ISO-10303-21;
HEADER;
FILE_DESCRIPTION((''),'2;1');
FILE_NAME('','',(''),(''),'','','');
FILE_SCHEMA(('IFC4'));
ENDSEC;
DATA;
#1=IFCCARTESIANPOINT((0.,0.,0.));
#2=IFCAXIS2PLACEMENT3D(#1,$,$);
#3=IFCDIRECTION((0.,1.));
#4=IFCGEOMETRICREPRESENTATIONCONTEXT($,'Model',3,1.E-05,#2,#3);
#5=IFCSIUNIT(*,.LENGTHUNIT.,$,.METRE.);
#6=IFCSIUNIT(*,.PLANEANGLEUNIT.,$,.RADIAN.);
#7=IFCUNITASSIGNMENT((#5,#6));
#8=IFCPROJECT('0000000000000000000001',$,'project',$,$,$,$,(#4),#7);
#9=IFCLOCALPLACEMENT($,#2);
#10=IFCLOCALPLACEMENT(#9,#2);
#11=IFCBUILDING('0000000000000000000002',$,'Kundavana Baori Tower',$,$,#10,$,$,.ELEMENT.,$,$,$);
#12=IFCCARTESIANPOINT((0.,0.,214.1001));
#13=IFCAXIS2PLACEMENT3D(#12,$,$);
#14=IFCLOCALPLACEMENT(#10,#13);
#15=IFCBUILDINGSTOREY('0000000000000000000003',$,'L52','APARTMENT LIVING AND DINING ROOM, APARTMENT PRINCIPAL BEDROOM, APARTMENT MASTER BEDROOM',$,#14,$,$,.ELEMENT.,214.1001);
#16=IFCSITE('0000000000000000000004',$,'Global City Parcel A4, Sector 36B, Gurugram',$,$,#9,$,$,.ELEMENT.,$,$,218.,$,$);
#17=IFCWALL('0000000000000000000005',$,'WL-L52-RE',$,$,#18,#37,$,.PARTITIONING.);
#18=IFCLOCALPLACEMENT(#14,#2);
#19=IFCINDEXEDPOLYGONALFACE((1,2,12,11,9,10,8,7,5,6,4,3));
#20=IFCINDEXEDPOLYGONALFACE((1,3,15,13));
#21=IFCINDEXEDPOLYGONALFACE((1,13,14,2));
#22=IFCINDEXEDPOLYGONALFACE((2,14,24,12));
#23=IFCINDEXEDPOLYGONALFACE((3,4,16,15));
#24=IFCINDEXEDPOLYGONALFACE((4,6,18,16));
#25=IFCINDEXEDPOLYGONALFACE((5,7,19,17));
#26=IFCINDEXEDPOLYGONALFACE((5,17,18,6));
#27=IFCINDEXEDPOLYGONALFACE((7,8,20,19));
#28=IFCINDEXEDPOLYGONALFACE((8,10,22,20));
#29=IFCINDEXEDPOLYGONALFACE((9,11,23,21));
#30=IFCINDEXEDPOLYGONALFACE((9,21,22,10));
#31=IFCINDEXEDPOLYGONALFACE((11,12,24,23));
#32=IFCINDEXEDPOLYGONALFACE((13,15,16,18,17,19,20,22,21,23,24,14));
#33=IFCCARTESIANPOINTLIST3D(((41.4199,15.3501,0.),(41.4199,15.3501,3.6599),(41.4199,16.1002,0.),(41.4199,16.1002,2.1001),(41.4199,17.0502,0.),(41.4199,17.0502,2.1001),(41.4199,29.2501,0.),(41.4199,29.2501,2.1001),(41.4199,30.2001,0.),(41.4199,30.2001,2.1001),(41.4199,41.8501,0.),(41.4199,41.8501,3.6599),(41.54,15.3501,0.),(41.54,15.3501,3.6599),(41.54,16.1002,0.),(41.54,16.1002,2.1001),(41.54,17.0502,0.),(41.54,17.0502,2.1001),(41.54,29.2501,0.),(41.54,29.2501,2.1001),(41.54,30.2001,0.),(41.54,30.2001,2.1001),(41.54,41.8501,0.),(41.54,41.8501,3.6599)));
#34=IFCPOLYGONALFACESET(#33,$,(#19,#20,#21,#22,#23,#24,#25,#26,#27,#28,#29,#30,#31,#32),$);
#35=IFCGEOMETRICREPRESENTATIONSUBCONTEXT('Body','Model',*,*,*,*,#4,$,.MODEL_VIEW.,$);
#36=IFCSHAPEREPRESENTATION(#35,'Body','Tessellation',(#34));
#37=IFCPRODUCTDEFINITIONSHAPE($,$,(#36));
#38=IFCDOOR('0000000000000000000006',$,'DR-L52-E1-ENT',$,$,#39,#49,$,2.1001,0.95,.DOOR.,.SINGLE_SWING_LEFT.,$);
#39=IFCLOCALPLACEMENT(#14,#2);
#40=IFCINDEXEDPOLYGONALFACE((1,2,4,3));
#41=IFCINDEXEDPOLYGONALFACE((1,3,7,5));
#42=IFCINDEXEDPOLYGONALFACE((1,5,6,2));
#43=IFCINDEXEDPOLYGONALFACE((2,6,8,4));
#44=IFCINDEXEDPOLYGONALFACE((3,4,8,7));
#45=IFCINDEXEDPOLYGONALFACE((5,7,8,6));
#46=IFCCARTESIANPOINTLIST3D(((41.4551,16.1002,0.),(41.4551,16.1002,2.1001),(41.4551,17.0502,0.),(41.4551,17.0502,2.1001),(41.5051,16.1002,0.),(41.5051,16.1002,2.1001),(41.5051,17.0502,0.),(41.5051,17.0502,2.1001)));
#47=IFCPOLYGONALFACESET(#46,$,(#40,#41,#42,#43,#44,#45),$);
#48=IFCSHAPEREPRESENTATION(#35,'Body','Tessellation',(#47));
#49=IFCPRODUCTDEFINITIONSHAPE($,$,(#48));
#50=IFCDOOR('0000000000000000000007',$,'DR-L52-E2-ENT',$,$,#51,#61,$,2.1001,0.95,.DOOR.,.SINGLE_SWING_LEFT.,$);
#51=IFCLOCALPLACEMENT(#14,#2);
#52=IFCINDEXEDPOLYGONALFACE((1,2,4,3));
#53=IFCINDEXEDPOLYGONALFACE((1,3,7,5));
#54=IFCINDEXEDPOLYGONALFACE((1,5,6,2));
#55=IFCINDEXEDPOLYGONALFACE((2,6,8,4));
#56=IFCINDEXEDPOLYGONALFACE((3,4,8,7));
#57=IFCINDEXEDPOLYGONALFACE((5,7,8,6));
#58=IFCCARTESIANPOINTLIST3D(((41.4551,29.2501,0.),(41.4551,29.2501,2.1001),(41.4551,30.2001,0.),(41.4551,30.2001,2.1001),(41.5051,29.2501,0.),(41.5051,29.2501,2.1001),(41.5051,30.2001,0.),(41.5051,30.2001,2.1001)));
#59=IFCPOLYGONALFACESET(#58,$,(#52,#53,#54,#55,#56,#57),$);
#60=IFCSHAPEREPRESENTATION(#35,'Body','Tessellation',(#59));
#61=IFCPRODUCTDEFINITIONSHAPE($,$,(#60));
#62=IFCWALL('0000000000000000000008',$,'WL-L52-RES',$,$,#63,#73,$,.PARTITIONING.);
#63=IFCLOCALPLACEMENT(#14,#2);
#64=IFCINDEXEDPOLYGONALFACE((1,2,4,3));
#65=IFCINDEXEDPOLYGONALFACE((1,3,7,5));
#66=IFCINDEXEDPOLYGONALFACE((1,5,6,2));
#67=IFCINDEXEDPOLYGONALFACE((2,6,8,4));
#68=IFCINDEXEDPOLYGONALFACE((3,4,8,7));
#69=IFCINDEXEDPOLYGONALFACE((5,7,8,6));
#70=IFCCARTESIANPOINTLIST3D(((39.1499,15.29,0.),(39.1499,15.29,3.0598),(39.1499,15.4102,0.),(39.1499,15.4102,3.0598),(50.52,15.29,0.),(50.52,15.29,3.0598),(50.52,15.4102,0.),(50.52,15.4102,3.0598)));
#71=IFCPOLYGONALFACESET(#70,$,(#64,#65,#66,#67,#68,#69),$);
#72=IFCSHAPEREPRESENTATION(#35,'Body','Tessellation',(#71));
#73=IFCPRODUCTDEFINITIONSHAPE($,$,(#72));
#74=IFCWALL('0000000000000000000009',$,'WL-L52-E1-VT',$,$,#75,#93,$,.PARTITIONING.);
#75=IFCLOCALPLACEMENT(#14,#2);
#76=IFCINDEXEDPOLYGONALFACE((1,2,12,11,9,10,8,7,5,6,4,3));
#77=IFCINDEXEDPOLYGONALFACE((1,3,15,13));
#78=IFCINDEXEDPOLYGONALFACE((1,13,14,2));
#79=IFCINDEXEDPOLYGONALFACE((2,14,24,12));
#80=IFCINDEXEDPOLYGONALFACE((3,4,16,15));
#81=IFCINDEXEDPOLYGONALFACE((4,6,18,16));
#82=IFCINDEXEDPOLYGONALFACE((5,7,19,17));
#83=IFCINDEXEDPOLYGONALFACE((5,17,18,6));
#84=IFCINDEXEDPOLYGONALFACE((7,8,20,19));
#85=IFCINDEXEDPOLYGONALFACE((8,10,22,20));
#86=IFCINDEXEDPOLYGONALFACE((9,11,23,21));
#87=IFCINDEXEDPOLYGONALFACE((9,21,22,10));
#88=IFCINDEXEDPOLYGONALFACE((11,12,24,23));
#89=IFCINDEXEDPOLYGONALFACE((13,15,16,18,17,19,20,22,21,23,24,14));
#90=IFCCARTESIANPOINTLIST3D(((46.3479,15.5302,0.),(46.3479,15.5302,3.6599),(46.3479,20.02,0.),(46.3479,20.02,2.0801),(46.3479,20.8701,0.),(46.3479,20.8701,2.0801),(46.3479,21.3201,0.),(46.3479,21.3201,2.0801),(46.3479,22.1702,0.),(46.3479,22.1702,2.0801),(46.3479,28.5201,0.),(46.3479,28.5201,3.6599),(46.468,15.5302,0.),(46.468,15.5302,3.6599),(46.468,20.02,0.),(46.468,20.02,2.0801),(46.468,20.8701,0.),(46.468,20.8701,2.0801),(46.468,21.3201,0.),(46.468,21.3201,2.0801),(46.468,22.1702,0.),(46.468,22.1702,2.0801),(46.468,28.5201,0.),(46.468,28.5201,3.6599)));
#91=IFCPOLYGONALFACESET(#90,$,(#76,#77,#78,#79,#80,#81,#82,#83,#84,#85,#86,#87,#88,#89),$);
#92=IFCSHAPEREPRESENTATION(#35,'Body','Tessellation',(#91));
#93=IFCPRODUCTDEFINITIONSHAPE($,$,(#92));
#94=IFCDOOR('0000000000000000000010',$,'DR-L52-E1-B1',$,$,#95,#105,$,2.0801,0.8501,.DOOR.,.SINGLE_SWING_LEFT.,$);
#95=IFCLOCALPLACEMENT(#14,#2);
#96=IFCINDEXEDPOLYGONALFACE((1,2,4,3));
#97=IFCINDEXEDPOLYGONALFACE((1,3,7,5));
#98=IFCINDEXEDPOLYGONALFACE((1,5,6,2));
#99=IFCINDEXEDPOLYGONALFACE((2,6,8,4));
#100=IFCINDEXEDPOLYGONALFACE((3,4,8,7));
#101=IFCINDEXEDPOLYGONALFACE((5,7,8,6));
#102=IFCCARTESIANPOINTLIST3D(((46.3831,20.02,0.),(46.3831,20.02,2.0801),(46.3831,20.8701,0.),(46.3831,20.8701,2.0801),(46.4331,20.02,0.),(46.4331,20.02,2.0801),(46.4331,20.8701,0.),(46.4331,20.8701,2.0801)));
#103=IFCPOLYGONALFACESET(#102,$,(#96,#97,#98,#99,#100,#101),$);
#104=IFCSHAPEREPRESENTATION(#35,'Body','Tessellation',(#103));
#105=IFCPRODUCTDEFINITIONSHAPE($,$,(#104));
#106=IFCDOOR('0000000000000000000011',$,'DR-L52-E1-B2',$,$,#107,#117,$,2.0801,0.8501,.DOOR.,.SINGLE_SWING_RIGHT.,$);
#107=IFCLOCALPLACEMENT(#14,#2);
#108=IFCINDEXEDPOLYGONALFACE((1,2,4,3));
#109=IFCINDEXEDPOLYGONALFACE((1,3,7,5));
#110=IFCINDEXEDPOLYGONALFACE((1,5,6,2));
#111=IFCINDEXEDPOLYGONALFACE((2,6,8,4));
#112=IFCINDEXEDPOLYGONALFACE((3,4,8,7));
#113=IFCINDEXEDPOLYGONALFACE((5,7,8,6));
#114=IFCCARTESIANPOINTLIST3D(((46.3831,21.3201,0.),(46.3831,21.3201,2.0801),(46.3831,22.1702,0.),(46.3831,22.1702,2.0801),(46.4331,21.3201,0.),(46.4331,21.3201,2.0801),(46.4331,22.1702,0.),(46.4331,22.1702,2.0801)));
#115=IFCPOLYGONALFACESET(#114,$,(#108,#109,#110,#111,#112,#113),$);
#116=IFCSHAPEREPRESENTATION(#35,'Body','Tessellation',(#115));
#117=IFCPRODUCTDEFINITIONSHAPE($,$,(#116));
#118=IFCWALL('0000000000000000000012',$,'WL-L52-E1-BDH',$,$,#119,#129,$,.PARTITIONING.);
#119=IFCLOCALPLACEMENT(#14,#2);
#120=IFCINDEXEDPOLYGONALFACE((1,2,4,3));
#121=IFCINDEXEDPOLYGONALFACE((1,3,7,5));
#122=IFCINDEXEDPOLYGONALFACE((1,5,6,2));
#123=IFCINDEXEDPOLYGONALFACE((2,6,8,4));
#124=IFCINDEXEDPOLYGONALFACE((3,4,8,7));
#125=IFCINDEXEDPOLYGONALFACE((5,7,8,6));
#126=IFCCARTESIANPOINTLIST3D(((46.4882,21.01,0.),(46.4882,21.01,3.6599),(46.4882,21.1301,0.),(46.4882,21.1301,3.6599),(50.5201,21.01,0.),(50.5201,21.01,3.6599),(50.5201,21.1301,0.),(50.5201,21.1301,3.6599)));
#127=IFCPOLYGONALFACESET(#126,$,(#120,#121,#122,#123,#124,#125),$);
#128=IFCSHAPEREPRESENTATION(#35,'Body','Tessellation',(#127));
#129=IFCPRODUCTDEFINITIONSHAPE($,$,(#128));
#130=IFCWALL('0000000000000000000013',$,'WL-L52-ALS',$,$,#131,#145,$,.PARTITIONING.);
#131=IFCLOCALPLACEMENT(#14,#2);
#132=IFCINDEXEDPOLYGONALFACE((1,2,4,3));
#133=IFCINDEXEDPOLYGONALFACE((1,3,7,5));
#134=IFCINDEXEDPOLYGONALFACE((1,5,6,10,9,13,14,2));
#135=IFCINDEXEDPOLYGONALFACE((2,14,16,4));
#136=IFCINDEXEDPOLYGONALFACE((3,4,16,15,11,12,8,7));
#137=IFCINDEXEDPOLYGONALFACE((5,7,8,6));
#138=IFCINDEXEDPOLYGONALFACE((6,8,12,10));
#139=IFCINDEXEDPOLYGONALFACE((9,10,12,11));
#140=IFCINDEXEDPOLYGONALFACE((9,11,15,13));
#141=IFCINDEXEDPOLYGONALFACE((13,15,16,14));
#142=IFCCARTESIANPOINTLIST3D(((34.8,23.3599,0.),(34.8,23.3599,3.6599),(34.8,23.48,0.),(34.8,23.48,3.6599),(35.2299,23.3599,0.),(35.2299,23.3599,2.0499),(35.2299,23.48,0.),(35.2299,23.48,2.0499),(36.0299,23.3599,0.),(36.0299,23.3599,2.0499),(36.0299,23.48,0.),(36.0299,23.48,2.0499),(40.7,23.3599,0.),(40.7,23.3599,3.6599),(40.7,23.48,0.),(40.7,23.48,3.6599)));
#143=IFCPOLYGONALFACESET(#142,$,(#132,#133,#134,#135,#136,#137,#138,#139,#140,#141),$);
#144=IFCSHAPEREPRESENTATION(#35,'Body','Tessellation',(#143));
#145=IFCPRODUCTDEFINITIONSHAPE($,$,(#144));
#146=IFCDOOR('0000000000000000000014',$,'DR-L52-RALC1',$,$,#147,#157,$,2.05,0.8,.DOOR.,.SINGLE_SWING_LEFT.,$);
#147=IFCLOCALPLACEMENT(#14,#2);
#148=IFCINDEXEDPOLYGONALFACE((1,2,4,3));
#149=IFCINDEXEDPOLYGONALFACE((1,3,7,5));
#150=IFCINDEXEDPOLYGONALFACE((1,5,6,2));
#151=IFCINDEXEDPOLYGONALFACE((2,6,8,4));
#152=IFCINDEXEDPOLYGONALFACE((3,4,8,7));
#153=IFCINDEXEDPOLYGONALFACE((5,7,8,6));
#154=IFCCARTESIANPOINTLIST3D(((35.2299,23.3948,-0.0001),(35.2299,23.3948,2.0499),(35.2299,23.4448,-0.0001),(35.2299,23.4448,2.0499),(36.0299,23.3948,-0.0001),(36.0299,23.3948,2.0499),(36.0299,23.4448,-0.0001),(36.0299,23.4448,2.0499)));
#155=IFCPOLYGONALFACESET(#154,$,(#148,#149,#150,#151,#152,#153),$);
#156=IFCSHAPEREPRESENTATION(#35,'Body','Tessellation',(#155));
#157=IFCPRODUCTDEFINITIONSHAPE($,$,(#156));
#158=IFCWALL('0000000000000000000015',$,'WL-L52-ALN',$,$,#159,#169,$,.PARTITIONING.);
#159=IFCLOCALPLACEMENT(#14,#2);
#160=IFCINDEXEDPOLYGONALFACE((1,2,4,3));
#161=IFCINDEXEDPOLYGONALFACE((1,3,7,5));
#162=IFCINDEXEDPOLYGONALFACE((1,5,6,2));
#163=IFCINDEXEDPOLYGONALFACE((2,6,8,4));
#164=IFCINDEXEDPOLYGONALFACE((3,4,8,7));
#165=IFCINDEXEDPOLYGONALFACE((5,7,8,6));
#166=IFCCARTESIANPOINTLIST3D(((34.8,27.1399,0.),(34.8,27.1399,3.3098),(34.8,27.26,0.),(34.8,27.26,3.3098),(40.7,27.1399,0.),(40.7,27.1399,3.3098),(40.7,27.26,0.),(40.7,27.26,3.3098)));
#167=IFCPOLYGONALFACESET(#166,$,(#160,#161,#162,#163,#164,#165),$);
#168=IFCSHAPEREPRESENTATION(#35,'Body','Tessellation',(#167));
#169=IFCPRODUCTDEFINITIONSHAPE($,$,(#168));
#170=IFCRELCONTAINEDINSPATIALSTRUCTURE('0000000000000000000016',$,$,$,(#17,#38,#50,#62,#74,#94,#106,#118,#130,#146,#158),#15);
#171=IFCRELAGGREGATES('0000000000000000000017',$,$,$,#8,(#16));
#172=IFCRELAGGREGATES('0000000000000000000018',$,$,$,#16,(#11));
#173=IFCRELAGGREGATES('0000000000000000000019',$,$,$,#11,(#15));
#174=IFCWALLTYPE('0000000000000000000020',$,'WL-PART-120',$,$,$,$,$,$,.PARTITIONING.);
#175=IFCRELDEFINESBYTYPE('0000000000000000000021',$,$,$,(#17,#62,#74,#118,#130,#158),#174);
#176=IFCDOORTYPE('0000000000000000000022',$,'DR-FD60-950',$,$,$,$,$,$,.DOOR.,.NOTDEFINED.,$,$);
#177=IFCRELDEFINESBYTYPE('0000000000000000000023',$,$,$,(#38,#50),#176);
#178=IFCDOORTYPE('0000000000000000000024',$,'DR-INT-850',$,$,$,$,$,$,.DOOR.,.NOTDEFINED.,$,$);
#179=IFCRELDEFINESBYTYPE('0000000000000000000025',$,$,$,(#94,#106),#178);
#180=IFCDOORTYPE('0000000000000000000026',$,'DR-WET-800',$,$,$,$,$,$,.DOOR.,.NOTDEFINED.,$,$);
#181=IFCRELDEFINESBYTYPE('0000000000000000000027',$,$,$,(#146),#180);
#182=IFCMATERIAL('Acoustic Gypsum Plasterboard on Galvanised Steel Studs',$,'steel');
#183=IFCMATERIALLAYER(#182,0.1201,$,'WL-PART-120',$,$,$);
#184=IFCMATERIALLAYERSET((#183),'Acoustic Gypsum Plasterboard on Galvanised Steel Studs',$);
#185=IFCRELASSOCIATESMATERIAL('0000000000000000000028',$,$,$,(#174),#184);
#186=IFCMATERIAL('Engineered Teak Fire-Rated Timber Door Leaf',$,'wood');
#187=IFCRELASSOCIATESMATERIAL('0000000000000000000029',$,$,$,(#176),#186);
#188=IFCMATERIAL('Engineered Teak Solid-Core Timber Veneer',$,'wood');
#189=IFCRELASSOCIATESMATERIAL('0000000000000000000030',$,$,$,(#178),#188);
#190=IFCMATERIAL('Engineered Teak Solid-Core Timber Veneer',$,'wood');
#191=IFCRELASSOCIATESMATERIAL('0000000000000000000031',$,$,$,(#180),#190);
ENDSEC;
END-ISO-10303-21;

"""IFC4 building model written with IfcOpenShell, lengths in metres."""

from ifc_helpers import new_model, si_unit, direction, frame, frame_2d, origin, place, context, subcontext, project, spatial, rectangle, extrude, material, layer, layer_set, type_object, element, fill, save


model = new_model("IFC4")

# Units and contexts
model_context = context("Model", 3, precision=1e-05, world=origin(), true_north=direction((0.0, 1.0)))
body_context = subcontext(model_context, "Body", "Model", "MODEL_VIEW")
ifc_project = project(units=[si_unit("LENGTHUNIT", "METRE"), si_unit("PLANEANGLEUNIT", "RADIAN")], contexts=[model_context])

# Site, building, storey
site_placement = place(None, origin())
site = spatial("IfcSite", under=ifc_project, at=site_placement, Name="Global City Parcel A4, Sector 36B, Gurugram", CompositionType="ELEMENT", RefElevation=218.0)
building_placement = place(site_placement, origin())
building = spatial("IfcBuilding", under=site, at=building_placement, Name="Kundavana Baori Tower", CompositionType="ELEMENT")
storey_placement = place(building_placement, frame((0.0, 0.0, 214.1001)))
storey = spatial("IfcBuildingStorey", under=building, at=storey_placement, Name="L52", Description="APARTMENT LIVING AND DINING ROOM, APARTMENT PRINCIPAL BEDROOM, APARTMENT MASTER BEDROOM", CompositionType="ELEMENT", Elevation=214.1001)

# Wall, openings, doors
ifc_material_1 = material(Name="Acoustic Gypsum Plasterboard on Galvanised Steel Studs", Category="steel")
ifc_layer_1 = layer(ifc_material_1, 0.1201, Name="WL-PART-120")
ifc_layer_set_1 = layer_set([ifc_layer_1], Name="Acoustic Gypsum Plasterboard on Galvanised Steel Studs")
wall_type_1 = type_object("IfcWallType", Name="WL-PART-120", PredefinedType="PARTITIONING", material=ifc_layer_set_1)
wall_1_placement = place(storey_placement, frame((41.48, 15.3501, 0.0), z_axis=(0.0, 0.0, 1.0), x_axis=(0.0, 1.0, 0.0)))
wall_1 = element("IfcWall", 1, at=wall_1_placement, inside=storey, type_object=wall_type_1, Name="WL-L52-RE", PredefinedType="PARTITIONING", context=body_context, shape_type="SweptSolid", body=[
    extrude(rectangle(XDim=26.5, YDim=0.1201, at=frame_2d((13.25, 0.0))), origin(), (0.0, 0.0, 1.0), 3.6599),
])
opening_1_placement = place(wall_1_placement, frame((0.75, 0.0, 0.0)))
opening_1 = element("IfcOpeningElement", 2, at=opening_1_placement, cuts=wall_1, PredefinedType="OPENING", context=body_context, shape_type="SweptSolid", body=[
    extrude(rectangle(XDim=0.95, YDim=2.1001, at=frame_2d((0.4751, 1.05))), frame((0.0, 0.0701, 0.0), z_axis=(0.0, -1.0, 0.0), x_axis=(1.0, 0.0, 0.0)), (0.0, 0.0, 1.0), 0.1401),
])
opening_2_placement = place(wall_1_placement, frame((13.8999, 0.0, 0.0)))
opening_2 = element("IfcOpeningElement", 3, at=opening_2_placement, cuts=wall_1, PredefinedType="OPENING", context=body_context, shape_type="SweptSolid", body=[
    extrude(rectangle(XDim=0.95, YDim=2.1001, at=frame_2d((0.4751, 1.05))), frame((0.0, 0.0701, 0.0), z_axis=(0.0, -1.0, 0.0), x_axis=(1.0, 0.0, 0.0)), (0.0, 0.0, 1.0), 0.1401),
])
ifc_material_2 = material(Name="Engineered Teak Fire-Rated Timber Door Leaf", Category="wood")
door_type_1 = type_object("IfcDoorType", Name="DR-FD60-950", OperationType="NOTDEFINED", PredefinedType="DOOR", material=ifc_material_2)
door_1_placement = place(opening_1_placement, origin())
door_1 = element("IfcDoor", 4, at=door_1_placement, inside=storey, type_object=door_type_1, Name="DR-L52-E1-ENT", OperationType="SINGLE_SWING_LEFT", OverallHeight=2.1001, OverallWidth=0.95, PredefinedType="DOOR", context=body_context, shape_type="SweptSolid", body=[
    extrude(rectangle(XDim=0.95, YDim=2.1001, at=frame_2d((0.4751, 1.05))), frame((0.0, 0.0249, 0.0), z_axis=(0.0, -1.0, 0.0), x_axis=(1.0, 0.0, 0.0)), (0.0, 0.0, 1.0), 0.05),
])
fill(opening_1, door_1)
door_2_placement = place(opening_2_placement, origin())
door_2 = element("IfcDoor", 5, at=door_2_placement, inside=storey, type_object=door_type_1, Name="DR-L52-E2-ENT", OperationType="SINGLE_SWING_LEFT", OverallHeight=2.1001, OverallWidth=0.95, PredefinedType="DOOR", context=body_context, shape_type="SweptSolid", body=[
    extrude(rectangle(XDim=0.95, YDim=2.1001, at=frame_2d((0.4751, 1.05))), frame((0.0, 0.0249, 0.0), z_axis=(0.0, -1.0, 0.0), x_axis=(1.0, 0.0, 0.0)), (0.0, 0.0, 1.0), 0.05),
])
fill(opening_2, door_2)

# Wall
wall_2_placement = place(storey_placement, frame((39.1499, 15.3501, 0.0), z_axis=(0.0, 0.0, 1.0), x_axis=(1.0, 0.0, 0.0)))
element("IfcWall", 6, at=wall_2_placement, inside=storey, type_object=wall_type_1, Name="WL-L52-RES", PredefinedType="PARTITIONING", context=body_context, shape_type="SweptSolid", body=[
    extrude(rectangle(XDim=11.3701, YDim=0.1201, at=frame_2d((5.6851, 0.0))), origin(), (0.0, 0.0, 1.0), 3.0598),
])

# Wall, openings, doors
wall_3_placement = place(storey_placement, frame((46.408, 15.53, 0.0), z_axis=(0.0, 0.0, 1.0), x_axis=(0.0, 1.0, 0.0)))
wall_3 = element("IfcWall", 7, at=wall_3_placement, inside=storey, type_object=wall_type_1, Name="WL-L52-E1-VT", PredefinedType="PARTITIONING", context=body_context, shape_type="SweptSolid", body=[
    extrude(rectangle(XDim=12.99, YDim=0.1201, at=frame_2d((6.4951, 0.0))), origin(), (0.0, 0.0, 1.0), 3.6599),
])
opening_3_placement = place(wall_3_placement, frame((4.49, 0.0, 0.0)))
opening_3 = element("IfcOpeningElement", 8, at=opening_3_placement, cuts=wall_3, PredefinedType="OPENING", context=body_context, shape_type="SweptSolid", body=[
    extrude(rectangle(XDim=0.8501, YDim=2.0801, at=frame_2d((0.425, 1.04))), frame((0.0, 0.0701, 0.0), z_axis=(0.0, -1.0, 0.0), x_axis=(1.0, 0.0, 0.0)), (0.0, 0.0, 1.0), 0.1401),
])
opening_4_placement = place(wall_3_placement, frame((5.79, 0.0, 0.0)))
opening_4 = element("IfcOpeningElement", 9, at=opening_4_placement, cuts=wall_3, PredefinedType="OPENING", context=body_context, shape_type="SweptSolid", body=[
    extrude(rectangle(XDim=0.8501, YDim=2.0801, at=frame_2d((0.425, 1.04))), frame((0.0, 0.0701, 0.0), z_axis=(0.0, -1.0, 0.0), x_axis=(1.0, 0.0, 0.0)), (0.0, 0.0, 1.0), 0.1401),
])
ifc_material_3 = material(Name="Engineered Teak Solid-Core Timber Veneer", Category="wood")
door_type_2 = type_object("IfcDoorType", Name="DR-INT-850", OperationType="NOTDEFINED", PredefinedType="DOOR", material=ifc_material_3)
door_3_placement = place(opening_3_placement, origin())
door_3 = element("IfcDoor", 10, at=door_3_placement, inside=storey, type_object=door_type_2, Name="DR-L52-E1-B1", OperationType="SINGLE_SWING_LEFT", OverallHeight=2.0801, OverallWidth=0.8501, PredefinedType="DOOR", context=body_context, shape_type="SweptSolid", body=[
    extrude(rectangle(XDim=0.8501, YDim=2.0801, at=frame_2d((0.425, 1.04))), frame((0.0, 0.0249, 0.0), z_axis=(0.0, -1.0, 0.0), x_axis=(1.0, 0.0, 0.0)), (0.0, 0.0, 1.0), 0.05),
])
fill(opening_3, door_3)
door_4_placement = place(opening_4_placement, origin())
door_4 = element("IfcDoor", 11, at=door_4_placement, inside=storey, type_object=door_type_2, Name="DR-L52-E1-B2", OperationType="SINGLE_SWING_RIGHT", OverallHeight=2.0801, OverallWidth=0.8501, PredefinedType="DOOR", context=body_context, shape_type="SweptSolid", body=[
    extrude(rectangle(XDim=0.8501, YDim=2.0801, at=frame_2d((0.425, 1.04))), frame((0.0, 0.0249, 0.0), z_axis=(0.0, -1.0, 0.0), x_axis=(1.0, 0.0, 0.0)), (0.0, 0.0, 1.0), 0.05),
])
fill(opening_4, door_4)

# Wall
wall_4_placement = place(storey_placement, frame((46.488, 21.0701, 0.0), z_axis=(0.0, 0.0, 1.0), x_axis=(1.0, 0.0, 0.0)))
element("IfcWall", 12, at=wall_4_placement, inside=storey, type_object=wall_type_1, Name="WL-L52-E1-BDH", PredefinedType="PARTITIONING", context=body_context, shape_type="SweptSolid", body=[
    extrude(rectangle(XDim=4.032, YDim=0.1201, at=frame_2d((2.0161, 0.0))), origin(), (0.0, 0.0, 1.0), 3.6599),
])

# Wall, opening, door
wall_5_placement = place(storey_placement, frame((34.8, 23.4199, 0.0), z_axis=(0.0, 0.0, 1.0), x_axis=(1.0, 0.0, 0.0)))
wall_5 = element("IfcWall", 13, at=wall_5_placement, inside=storey, type_object=wall_type_1, Name="WL-L52-ALS", PredefinedType="PARTITIONING", context=body_context, shape_type="SweptSolid", body=[
    extrude(rectangle(XDim=5.8999, YDim=0.1201, at=frame_2d((2.95, 0.0))), origin(), (0.0, 0.0, 1.0), 3.6599),
])
opening_5_placement = place(wall_5_placement, frame((0.4299, 0.0, 0.0)))
opening_5 = element("IfcOpeningElement", 14, at=opening_5_placement, cuts=wall_5, PredefinedType="OPENING", context=body_context, shape_type="SweptSolid", body=[
    extrude(rectangle(XDim=0.8, YDim=2.05, at=frame_2d((0.3999, 1.0249))), frame((0.0, 0.0701, 0.0), z_axis=(0.0, -1.0, 0.0), x_axis=(1.0, 0.0, 0.0)), (0.0, 0.0, 1.0), 0.1401),
])
ifc_material_4 = material(Name="Engineered Teak Solid-Core Timber Veneer", Category="wood")
door_type_3 = type_object("IfcDoorType", Name="DR-WET-800", OperationType="NOTDEFINED", PredefinedType="DOOR", material=ifc_material_4)
door_5_placement = place(opening_5_placement, origin())
door_5 = element("IfcDoor", 15, at=door_5_placement, inside=storey, type_object=door_type_3, Name="DR-L52-RALC1", OperationType="SINGLE_SWING_LEFT", OverallHeight=2.05, OverallWidth=0.8, PredefinedType="DOOR", context=body_context, shape_type="SweptSolid", body=[
    extrude(rectangle(XDim=0.8, YDim=2.05, at=frame_2d((0.3999, 1.0249))), frame((0.0, 0.0249, 0.0), z_axis=(0.0, -1.0, 0.0), x_axis=(1.0, 0.0, 0.0)), (0.0, 0.0, 1.0), 0.05),
])
fill(opening_5, door_5)

# Wall
wall_6_placement = place(storey_placement, frame((34.8, 27.2, 0.0), z_axis=(0.0, 0.0, 1.0), x_axis=(1.0, 0.0, 0.0)))
element("IfcWall", 16, at=wall_6_placement, inside=storey, type_object=wall_type_1, Name="WL-L52-ALN", PredefinedType="PARTITIONING", context=body_context, shape_type="SweptSolid", body=[
    extrude(rectangle(XDim=5.8999, YDim=0.1201, at=frame_2d((2.95, 0.0))), origin(), (0.0, 0.0, 1.0), 3.3098),
])

save(model, "model.ifc")
